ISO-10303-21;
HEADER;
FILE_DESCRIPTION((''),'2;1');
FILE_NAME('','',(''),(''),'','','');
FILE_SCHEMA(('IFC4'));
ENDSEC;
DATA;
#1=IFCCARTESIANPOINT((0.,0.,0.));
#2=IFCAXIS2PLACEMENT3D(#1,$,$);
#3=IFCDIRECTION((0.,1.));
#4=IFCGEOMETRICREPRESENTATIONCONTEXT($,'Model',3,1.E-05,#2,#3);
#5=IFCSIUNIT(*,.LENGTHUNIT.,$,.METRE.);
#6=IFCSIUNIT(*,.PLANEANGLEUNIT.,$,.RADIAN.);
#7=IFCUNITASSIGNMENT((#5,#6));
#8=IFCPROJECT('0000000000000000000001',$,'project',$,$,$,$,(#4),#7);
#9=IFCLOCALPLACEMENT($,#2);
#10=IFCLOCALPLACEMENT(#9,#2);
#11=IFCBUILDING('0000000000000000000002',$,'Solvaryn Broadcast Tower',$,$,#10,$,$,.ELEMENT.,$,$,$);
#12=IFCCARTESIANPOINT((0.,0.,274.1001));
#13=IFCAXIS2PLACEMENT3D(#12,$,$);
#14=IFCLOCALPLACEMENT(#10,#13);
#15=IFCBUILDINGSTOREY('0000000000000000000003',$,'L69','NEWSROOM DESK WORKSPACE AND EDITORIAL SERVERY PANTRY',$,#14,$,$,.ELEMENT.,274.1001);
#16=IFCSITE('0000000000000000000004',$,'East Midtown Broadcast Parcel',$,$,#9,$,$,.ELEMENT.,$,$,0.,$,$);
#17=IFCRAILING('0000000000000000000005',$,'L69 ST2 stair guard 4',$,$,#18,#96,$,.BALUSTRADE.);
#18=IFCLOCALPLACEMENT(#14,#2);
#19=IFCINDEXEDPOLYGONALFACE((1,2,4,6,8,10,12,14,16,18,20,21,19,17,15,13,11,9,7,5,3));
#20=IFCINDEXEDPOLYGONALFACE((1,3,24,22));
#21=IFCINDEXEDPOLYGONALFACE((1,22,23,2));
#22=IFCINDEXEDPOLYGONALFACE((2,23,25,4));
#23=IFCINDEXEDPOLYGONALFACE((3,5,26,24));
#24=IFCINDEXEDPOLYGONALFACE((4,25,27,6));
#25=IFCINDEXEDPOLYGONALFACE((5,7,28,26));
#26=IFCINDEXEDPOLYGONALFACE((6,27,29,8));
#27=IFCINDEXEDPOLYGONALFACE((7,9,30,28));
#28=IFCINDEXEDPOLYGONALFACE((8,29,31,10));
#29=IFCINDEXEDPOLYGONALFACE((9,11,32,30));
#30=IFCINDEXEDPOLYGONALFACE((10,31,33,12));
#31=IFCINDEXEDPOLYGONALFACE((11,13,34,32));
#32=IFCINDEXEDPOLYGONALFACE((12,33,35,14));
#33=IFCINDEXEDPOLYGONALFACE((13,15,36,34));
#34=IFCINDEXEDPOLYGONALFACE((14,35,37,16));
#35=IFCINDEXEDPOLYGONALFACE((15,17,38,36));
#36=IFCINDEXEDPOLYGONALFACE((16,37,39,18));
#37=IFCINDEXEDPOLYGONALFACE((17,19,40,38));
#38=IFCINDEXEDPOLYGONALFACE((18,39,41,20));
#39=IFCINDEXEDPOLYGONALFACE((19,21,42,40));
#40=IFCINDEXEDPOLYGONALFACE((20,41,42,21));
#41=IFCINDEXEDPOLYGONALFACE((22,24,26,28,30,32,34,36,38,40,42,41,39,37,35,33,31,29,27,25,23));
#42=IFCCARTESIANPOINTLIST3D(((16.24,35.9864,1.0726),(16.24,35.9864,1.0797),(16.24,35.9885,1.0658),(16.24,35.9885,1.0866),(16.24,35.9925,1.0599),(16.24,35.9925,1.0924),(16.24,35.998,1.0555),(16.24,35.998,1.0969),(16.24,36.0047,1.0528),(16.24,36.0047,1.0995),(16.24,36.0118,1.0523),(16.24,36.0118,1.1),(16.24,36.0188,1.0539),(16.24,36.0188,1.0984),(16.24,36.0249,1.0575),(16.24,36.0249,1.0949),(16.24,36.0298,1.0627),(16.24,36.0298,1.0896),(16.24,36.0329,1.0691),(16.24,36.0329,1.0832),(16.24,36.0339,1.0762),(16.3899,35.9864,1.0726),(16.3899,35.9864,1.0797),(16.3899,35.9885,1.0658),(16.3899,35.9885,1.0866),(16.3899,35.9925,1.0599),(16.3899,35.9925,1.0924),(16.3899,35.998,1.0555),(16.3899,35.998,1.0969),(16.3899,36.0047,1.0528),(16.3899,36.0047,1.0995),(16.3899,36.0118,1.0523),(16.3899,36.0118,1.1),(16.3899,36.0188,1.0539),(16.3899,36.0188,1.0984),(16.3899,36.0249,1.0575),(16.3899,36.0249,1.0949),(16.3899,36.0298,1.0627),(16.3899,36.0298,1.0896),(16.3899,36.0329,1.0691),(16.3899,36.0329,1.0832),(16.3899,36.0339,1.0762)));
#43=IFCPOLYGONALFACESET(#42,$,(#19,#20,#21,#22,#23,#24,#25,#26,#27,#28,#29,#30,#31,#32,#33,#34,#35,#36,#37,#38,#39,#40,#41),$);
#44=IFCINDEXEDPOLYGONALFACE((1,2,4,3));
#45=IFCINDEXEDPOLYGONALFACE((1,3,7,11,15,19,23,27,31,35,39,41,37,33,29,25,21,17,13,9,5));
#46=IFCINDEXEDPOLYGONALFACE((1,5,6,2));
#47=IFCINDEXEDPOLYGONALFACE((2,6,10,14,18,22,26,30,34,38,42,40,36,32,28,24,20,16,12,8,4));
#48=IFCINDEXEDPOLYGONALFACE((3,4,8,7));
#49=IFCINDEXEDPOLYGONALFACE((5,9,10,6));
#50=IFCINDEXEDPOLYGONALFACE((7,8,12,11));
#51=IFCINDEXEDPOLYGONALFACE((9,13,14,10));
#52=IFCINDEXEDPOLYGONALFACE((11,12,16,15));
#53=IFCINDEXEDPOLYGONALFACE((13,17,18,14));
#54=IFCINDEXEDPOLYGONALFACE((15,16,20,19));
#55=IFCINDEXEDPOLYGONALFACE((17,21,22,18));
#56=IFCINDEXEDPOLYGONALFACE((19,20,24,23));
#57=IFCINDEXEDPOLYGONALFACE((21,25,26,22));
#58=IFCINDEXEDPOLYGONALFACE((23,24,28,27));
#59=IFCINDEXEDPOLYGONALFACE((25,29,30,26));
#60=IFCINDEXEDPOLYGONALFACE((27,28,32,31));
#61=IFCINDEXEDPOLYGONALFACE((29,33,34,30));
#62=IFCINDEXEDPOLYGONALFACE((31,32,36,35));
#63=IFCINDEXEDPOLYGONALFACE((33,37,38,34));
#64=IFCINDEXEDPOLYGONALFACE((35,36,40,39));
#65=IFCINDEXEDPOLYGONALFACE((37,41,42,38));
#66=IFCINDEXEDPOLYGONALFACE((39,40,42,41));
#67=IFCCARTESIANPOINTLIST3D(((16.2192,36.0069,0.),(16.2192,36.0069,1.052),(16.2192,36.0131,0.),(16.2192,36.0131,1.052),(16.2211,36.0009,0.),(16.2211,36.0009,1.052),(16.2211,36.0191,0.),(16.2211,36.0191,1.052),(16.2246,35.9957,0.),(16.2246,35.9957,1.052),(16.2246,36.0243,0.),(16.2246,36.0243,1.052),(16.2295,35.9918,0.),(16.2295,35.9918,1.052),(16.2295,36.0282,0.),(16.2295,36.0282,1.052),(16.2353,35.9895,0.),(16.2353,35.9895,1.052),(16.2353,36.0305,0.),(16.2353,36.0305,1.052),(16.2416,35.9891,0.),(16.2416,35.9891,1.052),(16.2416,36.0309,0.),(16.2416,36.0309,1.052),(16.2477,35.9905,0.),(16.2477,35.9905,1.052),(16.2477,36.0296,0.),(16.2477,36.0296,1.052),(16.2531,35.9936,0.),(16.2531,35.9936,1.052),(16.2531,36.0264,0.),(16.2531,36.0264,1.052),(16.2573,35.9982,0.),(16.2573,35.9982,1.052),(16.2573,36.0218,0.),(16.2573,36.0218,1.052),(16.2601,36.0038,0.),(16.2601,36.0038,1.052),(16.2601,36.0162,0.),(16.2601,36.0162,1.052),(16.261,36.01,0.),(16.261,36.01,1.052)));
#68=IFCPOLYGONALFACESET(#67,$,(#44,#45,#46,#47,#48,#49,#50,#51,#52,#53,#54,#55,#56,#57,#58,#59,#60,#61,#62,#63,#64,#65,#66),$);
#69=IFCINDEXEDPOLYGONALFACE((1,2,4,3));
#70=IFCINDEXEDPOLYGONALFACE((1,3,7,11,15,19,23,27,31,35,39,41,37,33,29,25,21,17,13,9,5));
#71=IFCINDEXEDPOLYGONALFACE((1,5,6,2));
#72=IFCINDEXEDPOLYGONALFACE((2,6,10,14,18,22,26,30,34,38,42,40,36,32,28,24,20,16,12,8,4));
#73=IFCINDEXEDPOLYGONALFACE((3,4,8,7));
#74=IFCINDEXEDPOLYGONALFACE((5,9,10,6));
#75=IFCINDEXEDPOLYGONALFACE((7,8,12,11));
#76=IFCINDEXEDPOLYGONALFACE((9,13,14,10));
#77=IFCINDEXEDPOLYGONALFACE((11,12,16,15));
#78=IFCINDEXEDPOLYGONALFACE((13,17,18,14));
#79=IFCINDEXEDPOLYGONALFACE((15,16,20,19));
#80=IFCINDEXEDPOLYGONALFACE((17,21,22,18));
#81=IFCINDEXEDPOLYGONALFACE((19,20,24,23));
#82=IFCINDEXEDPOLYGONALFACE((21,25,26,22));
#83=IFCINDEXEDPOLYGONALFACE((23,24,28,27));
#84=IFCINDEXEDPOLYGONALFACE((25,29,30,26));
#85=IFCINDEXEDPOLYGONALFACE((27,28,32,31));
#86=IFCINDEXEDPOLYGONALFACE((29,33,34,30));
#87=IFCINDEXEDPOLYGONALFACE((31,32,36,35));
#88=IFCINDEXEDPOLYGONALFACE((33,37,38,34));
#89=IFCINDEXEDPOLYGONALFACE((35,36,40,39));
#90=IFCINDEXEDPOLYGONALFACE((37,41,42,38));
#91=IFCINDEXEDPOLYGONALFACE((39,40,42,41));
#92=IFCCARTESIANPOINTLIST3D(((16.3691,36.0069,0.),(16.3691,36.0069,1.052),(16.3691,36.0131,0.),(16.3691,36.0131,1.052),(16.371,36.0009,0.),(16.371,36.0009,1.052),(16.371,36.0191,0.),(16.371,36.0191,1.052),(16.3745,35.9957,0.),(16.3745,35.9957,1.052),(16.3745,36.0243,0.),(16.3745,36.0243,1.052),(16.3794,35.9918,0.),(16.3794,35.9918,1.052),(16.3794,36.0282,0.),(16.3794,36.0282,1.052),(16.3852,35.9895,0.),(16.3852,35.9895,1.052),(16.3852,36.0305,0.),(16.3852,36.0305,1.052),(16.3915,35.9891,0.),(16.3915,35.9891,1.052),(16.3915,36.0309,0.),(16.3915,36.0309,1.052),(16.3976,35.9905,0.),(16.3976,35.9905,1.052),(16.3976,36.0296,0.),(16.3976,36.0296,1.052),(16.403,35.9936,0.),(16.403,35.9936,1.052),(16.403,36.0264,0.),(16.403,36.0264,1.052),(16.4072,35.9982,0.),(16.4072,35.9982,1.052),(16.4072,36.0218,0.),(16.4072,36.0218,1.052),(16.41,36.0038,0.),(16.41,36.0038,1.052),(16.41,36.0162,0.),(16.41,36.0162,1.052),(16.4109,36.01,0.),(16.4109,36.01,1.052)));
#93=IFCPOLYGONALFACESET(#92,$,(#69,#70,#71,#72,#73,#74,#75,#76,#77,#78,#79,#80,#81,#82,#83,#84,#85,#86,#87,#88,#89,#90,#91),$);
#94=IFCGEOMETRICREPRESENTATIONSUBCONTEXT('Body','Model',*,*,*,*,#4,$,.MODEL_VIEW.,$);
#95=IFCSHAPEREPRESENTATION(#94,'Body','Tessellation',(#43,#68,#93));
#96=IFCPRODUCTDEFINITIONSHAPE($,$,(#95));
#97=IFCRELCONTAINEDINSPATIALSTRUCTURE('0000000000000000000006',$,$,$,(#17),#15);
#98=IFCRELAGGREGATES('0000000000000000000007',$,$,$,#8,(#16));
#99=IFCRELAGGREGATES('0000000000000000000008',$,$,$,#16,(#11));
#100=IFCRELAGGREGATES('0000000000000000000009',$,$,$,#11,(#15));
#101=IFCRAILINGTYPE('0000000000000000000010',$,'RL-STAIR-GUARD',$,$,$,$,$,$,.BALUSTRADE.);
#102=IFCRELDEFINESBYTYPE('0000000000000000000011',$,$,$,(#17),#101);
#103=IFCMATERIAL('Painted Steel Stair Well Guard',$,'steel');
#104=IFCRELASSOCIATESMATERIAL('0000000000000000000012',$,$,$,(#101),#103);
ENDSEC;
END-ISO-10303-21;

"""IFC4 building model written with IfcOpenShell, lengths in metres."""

from ifc_helpers import new_model, si_unit, direction, frame, origin, origin_2d, place, context, subcontext, project, spatial, circle, extrude, material, type_object, element, save


model = new_model("IFC4")

# Units and contexts
model_context = context("Model", 3, precision=1e-05, world=origin(), true_north=direction((0.0, 1.0)))
body_context = subcontext(model_context, "Body", "Model", "MODEL_VIEW")
ifc_project = project(units=[si_unit("LENGTHUNIT", "METRE"), si_unit("PLANEANGLEUNIT", "RADIAN")], contexts=[model_context])

# Site, building, storey
site_placement = place(None, origin())
site = spatial("IfcSite", under=ifc_project, at=site_placement, Name="East Midtown Broadcast Parcel", CompositionType="ELEMENT", RefElevation=0.0)
building_placement = place(site_placement, origin())
building = spatial("IfcBuilding", under=site, at=building_placement, Name="Solvaryn Broadcast Tower", CompositionType="ELEMENT")
storey_placement = place(building_placement, frame((0.0, 0.0, 274.1001)))
storey = spatial("IfcBuildingStorey", under=building, at=storey_placement, Name="L69", Description="NEWSROOM DESK WORKSPACE AND EDITORIAL SERVERY PANTRY", CompositionType="ELEMENT", Elevation=274.1001)

# Railing
ifc_material_1 = material(Name="Painted Steel Stair Well Guard", Category="steel")
railing_type_1 = type_object("IfcRailingType", Name="RL-STAIR-GUARD", PredefinedType="BALUSTRADE", material=ifc_material_1)
railing_1_placement = place(storey_placement, frame((16.24, 36.01, 0.0)))
element("IfcRailing", 1, at=railing_1_placement, inside=storey, type_object=railing_type_1, Name="L69 ST2 stair guard 4", PredefinedType="BALUSTRADE", context=body_context, shape_type="SweptSolid", body=[
    extrude(circle(Radius=0.0239, at=origin_2d()), frame((0.0, 0.0, 1.0762), z_axis=(1.0, 0.0, 0.0), x_axis=(0.0, 1.0, 0.0)), (0.0, 0.0, 1.0), 0.1499),
    extrude(circle(Radius=0.021, at=origin_2d()), origin(), (0.0, 0.0, 1.0), 1.052),
    extrude(circle(Radius=0.021, at=origin_2d()), frame((0.1499, 0.0, 0.0)), (0.0, 0.0, 1.0), 1.052),
])

save(model, "model.ifc")
